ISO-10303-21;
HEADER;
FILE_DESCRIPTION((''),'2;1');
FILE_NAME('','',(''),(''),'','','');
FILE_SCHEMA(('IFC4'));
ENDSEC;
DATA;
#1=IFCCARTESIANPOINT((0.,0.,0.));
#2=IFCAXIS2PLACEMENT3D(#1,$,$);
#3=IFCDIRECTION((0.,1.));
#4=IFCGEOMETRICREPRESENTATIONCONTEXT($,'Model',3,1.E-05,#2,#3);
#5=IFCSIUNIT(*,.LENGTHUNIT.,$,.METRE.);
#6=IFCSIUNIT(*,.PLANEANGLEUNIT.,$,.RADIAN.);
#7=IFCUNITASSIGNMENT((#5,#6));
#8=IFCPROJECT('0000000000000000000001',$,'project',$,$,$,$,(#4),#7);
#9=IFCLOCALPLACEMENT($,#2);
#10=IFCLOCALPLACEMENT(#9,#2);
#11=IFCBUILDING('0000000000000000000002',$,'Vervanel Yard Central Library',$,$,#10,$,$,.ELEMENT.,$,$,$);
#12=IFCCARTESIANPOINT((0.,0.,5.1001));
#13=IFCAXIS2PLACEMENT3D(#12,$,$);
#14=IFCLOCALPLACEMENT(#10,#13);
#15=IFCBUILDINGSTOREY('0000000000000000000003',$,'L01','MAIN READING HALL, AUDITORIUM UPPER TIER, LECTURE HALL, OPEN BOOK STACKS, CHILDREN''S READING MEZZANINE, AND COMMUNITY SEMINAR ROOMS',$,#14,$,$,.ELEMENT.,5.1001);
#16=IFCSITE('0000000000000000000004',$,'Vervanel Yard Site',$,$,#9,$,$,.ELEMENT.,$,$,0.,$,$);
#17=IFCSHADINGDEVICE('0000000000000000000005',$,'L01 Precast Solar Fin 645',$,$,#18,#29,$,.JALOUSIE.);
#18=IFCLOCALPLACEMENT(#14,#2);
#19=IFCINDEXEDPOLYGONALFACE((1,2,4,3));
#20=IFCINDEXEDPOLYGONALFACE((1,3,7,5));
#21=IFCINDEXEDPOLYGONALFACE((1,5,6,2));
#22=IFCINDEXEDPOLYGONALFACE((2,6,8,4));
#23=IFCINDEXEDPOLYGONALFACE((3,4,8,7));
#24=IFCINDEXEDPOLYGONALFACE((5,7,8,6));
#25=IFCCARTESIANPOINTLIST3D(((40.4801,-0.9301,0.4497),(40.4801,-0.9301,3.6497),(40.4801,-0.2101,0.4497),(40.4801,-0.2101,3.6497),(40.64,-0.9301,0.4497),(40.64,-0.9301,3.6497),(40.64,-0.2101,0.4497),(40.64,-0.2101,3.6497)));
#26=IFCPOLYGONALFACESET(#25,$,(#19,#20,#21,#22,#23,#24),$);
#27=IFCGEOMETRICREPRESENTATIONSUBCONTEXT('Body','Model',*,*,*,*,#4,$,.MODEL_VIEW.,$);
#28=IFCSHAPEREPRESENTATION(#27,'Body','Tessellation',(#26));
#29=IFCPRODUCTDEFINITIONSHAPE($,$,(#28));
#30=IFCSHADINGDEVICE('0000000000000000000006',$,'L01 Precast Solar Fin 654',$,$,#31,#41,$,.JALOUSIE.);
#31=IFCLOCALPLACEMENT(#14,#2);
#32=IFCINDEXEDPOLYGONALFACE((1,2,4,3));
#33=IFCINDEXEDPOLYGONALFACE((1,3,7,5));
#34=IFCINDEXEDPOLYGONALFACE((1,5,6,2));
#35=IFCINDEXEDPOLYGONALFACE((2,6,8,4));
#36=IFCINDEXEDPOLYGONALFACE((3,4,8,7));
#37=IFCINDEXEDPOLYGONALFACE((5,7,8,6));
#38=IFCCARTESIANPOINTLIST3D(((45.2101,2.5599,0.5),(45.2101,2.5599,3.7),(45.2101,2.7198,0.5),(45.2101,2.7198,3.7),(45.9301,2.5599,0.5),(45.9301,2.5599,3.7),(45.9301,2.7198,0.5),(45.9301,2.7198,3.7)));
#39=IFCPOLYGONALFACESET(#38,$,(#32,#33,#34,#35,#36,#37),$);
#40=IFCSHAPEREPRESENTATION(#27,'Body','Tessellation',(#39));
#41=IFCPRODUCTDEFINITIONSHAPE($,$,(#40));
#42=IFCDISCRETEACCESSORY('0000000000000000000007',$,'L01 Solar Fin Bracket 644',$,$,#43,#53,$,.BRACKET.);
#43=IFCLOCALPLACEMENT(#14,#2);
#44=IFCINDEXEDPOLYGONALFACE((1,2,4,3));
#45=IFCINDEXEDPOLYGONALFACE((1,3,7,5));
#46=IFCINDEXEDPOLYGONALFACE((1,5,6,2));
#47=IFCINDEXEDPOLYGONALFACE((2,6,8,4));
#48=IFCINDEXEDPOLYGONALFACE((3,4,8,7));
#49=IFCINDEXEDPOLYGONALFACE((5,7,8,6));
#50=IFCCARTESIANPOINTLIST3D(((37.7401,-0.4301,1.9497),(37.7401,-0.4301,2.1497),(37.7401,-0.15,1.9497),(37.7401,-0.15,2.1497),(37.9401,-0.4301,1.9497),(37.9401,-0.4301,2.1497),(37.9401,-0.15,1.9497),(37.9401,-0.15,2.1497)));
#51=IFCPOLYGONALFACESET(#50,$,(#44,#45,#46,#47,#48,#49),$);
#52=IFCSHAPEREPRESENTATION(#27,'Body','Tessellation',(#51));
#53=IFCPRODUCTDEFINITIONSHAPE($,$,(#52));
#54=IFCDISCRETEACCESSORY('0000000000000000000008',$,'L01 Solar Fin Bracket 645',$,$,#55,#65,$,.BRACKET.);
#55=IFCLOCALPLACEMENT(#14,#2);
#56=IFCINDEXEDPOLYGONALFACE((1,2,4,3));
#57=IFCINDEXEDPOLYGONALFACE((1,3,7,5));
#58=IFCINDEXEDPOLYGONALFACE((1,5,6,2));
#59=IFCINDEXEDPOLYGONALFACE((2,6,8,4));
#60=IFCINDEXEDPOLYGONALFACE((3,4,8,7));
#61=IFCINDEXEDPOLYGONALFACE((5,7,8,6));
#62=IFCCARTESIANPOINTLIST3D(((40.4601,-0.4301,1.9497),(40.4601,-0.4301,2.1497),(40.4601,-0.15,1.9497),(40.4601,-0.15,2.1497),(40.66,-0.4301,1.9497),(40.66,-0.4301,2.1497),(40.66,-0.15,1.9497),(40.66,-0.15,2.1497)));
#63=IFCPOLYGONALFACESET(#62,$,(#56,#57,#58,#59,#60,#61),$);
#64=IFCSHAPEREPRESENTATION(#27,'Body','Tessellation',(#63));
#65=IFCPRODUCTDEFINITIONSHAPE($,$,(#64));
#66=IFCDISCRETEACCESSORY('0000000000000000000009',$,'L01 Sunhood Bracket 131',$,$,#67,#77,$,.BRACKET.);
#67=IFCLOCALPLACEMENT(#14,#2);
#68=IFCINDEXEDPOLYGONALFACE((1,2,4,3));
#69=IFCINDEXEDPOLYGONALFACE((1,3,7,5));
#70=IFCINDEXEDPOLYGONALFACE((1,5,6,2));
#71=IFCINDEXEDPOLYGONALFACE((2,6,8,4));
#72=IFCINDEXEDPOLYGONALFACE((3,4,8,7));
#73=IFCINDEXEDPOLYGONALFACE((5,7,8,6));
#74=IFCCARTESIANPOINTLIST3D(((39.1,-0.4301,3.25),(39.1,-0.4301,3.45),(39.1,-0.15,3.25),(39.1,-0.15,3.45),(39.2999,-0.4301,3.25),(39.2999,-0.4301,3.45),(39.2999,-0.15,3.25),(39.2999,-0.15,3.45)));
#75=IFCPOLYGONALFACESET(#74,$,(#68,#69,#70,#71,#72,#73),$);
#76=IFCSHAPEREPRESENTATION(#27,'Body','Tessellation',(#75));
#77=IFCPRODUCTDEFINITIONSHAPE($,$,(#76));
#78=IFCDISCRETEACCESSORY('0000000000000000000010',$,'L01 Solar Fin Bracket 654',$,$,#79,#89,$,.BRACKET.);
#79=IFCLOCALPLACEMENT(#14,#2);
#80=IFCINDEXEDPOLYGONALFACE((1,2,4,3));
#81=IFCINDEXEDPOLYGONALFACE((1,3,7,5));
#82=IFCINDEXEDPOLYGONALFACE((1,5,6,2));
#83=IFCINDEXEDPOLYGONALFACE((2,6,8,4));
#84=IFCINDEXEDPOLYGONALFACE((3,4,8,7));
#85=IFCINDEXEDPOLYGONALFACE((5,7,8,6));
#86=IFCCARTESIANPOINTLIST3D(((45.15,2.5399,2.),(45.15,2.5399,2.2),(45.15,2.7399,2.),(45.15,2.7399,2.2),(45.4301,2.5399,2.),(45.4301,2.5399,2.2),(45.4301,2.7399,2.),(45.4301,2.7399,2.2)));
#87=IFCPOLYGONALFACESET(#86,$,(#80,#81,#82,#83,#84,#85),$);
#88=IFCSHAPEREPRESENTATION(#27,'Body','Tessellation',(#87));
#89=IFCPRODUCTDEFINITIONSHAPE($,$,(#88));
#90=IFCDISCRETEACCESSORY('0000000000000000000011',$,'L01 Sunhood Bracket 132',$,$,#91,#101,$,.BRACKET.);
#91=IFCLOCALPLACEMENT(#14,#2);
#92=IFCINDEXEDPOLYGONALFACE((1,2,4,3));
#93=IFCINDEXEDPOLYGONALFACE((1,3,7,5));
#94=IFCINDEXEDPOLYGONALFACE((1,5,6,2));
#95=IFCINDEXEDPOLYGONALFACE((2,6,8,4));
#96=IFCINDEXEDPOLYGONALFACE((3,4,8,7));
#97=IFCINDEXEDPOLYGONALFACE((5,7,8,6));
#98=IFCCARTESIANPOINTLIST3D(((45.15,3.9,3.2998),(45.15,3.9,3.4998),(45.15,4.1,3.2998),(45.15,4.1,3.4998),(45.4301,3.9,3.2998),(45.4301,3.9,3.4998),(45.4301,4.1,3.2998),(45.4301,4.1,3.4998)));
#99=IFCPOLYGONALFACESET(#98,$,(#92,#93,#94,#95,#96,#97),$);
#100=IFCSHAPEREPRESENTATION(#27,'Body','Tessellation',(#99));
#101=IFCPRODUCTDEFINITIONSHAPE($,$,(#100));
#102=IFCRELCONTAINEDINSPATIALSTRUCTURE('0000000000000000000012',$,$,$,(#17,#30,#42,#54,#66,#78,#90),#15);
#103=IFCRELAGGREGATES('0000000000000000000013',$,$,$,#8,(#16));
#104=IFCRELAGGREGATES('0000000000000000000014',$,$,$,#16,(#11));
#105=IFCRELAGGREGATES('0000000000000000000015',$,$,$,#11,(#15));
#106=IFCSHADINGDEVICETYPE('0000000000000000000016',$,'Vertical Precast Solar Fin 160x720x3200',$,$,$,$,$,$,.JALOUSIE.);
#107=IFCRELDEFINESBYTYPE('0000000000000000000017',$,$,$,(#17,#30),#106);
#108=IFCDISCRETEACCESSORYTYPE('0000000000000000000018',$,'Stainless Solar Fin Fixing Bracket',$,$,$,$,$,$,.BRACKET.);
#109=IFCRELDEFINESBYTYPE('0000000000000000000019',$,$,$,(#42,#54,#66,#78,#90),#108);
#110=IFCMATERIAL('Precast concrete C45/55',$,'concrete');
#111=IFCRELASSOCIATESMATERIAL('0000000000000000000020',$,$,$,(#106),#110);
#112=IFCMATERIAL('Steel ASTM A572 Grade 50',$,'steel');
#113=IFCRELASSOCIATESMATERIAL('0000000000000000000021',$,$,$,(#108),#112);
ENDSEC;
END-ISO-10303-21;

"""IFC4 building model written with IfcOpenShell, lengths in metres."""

from ifc_helpers import new_model, si_unit, direction, frame, origin, origin_2d, place, context, subcontext, project, spatial, rectangle, extrude, material, type_object, element, save


model = new_model("IFC4")

# Units and contexts
model_context = context("Model", 3, precision=1e-05, world=origin(), true_north=direction((0.0, 1.0)))
body_context = subcontext(model_context, "Body", "Model", "MODEL_VIEW")
ifc_project = project(units=[si_unit("LENGTHUNIT", "METRE"), si_unit("PLANEANGLEUNIT", "RADIAN")], contexts=[model_context])

# Site, building, storey
site_placement = place(None, origin())
site = spatial("IfcSite", under=ifc_project, at=site_placement, Name="Vervanel Yard Site", CompositionType="ELEMENT", RefElevation=0.0)
building_placement = place(site_placement, origin())
building = spatial("IfcBuilding", under=site, at=building_placement, Name="Vervanel Yard Central Library", CompositionType="ELEMENT")
storey_placement = place(building_placement, frame((0.0, 0.0, 5.1001)))
storey = spatial("IfcBuildingStorey", under=building, at=storey_placement, Name="L01", Description="MAIN READING HALL, AUDITORIUM UPPER TIER, LECTURE HALL, OPEN BOOK STACKS, CHILDREN'S READING MEZZANINE, AND COMMUNITY SEMINAR ROOMS", CompositionType="ELEMENT", Elevation=5.1001)

# Shared definitions
ifc_material_1 = material(Name="Precast concrete C45/55", Category="concrete")

# Shading devices
shading_device_type_1 = type_object("IfcShadingDeviceType", Name="Vertical Precast Solar Fin 160x720x3200", PredefinedType="JALOUSIE", material=ifc_material_1)
for number, where, z_axis, x_axis, name in (
    (1, (40.5601, -0.5701, 0.4497), (0.0, 0.0, 1.0), (1.0, 0.0, 0.0), "L01 Precast Solar Fin 645"),
    (2, (45.5701, 2.6399, 0.5), (0.0, 0.0, 1.0), (0.0, 1.0, 0.0), "L01 Precast Solar Fin 654"),
):
    element("IfcShadingDevice", number, at=place(storey_placement, frame(where, z_axis=z_axis, x_axis=x_axis)), inside=storey, type_object=shading_device_type_1, Name=name, PredefinedType="JALOUSIE", context=body_context, shape_type="SweptSolid", body=[
        extrude(rectangle(XDim=0.1599, YDim=0.72, at=origin_2d()), origin(), (0.0, 0.0, 1.0), 3.2),
    ])

# Discrete accessories
ifc_material_2 = material(Name="Steel ASTM A572 Grade 50", Category="steel")
discrete_accessory_type = type_object("IfcDiscreteAccessoryType", Name="Stainless Solar Fin Fixing Bracket", PredefinedType="BRACKET", material=ifc_material_2)
for number, where, z_axis, x_axis, name in (
    (3, (37.8401, -0.29, 1.9497), (0.0, 0.0, 1.0), (1.0, 0.0, 0.0), "L01 Solar Fin Bracket 644"),
    (4, (40.5601, -0.29, 1.9497), (0.0, 0.0, 1.0), (1.0, 0.0, 0.0), "L01 Solar Fin Bracket 645"),
    (5, (39.2, -0.29, 3.25), (0.0, 0.0, 1.0), (1.0, 0.0, 0.0), "L01 Sunhood Bracket 131"),
    (6, (45.29, 2.6399, 2.0), (0.0, 0.0, 1.0), (0.0, 1.0, 0.0), "L01 Solar Fin Bracket 654"),
    (7, (45.29, 4.0, 3.2998), (0.0, 0.0, 1.0), (0.0, 1.0, 0.0), "L01 Sunhood Bracket 132"),
):
    element("IfcDiscreteAccessory", number, at=place(storey_placement, frame(where, z_axis=z_axis, x_axis=x_axis)), inside=storey, type_object=discrete_accessory_type, Name=name, PredefinedType="BRACKET", context=body_context, shape_type="SweptSolid", body=[
        extrude(rectangle(XDim=0.2, YDim=0.28, at=origin_2d()), origin(), (0.0, 0.0, 1.0), 0.2),
    ])

save(model, "model.ifc")
